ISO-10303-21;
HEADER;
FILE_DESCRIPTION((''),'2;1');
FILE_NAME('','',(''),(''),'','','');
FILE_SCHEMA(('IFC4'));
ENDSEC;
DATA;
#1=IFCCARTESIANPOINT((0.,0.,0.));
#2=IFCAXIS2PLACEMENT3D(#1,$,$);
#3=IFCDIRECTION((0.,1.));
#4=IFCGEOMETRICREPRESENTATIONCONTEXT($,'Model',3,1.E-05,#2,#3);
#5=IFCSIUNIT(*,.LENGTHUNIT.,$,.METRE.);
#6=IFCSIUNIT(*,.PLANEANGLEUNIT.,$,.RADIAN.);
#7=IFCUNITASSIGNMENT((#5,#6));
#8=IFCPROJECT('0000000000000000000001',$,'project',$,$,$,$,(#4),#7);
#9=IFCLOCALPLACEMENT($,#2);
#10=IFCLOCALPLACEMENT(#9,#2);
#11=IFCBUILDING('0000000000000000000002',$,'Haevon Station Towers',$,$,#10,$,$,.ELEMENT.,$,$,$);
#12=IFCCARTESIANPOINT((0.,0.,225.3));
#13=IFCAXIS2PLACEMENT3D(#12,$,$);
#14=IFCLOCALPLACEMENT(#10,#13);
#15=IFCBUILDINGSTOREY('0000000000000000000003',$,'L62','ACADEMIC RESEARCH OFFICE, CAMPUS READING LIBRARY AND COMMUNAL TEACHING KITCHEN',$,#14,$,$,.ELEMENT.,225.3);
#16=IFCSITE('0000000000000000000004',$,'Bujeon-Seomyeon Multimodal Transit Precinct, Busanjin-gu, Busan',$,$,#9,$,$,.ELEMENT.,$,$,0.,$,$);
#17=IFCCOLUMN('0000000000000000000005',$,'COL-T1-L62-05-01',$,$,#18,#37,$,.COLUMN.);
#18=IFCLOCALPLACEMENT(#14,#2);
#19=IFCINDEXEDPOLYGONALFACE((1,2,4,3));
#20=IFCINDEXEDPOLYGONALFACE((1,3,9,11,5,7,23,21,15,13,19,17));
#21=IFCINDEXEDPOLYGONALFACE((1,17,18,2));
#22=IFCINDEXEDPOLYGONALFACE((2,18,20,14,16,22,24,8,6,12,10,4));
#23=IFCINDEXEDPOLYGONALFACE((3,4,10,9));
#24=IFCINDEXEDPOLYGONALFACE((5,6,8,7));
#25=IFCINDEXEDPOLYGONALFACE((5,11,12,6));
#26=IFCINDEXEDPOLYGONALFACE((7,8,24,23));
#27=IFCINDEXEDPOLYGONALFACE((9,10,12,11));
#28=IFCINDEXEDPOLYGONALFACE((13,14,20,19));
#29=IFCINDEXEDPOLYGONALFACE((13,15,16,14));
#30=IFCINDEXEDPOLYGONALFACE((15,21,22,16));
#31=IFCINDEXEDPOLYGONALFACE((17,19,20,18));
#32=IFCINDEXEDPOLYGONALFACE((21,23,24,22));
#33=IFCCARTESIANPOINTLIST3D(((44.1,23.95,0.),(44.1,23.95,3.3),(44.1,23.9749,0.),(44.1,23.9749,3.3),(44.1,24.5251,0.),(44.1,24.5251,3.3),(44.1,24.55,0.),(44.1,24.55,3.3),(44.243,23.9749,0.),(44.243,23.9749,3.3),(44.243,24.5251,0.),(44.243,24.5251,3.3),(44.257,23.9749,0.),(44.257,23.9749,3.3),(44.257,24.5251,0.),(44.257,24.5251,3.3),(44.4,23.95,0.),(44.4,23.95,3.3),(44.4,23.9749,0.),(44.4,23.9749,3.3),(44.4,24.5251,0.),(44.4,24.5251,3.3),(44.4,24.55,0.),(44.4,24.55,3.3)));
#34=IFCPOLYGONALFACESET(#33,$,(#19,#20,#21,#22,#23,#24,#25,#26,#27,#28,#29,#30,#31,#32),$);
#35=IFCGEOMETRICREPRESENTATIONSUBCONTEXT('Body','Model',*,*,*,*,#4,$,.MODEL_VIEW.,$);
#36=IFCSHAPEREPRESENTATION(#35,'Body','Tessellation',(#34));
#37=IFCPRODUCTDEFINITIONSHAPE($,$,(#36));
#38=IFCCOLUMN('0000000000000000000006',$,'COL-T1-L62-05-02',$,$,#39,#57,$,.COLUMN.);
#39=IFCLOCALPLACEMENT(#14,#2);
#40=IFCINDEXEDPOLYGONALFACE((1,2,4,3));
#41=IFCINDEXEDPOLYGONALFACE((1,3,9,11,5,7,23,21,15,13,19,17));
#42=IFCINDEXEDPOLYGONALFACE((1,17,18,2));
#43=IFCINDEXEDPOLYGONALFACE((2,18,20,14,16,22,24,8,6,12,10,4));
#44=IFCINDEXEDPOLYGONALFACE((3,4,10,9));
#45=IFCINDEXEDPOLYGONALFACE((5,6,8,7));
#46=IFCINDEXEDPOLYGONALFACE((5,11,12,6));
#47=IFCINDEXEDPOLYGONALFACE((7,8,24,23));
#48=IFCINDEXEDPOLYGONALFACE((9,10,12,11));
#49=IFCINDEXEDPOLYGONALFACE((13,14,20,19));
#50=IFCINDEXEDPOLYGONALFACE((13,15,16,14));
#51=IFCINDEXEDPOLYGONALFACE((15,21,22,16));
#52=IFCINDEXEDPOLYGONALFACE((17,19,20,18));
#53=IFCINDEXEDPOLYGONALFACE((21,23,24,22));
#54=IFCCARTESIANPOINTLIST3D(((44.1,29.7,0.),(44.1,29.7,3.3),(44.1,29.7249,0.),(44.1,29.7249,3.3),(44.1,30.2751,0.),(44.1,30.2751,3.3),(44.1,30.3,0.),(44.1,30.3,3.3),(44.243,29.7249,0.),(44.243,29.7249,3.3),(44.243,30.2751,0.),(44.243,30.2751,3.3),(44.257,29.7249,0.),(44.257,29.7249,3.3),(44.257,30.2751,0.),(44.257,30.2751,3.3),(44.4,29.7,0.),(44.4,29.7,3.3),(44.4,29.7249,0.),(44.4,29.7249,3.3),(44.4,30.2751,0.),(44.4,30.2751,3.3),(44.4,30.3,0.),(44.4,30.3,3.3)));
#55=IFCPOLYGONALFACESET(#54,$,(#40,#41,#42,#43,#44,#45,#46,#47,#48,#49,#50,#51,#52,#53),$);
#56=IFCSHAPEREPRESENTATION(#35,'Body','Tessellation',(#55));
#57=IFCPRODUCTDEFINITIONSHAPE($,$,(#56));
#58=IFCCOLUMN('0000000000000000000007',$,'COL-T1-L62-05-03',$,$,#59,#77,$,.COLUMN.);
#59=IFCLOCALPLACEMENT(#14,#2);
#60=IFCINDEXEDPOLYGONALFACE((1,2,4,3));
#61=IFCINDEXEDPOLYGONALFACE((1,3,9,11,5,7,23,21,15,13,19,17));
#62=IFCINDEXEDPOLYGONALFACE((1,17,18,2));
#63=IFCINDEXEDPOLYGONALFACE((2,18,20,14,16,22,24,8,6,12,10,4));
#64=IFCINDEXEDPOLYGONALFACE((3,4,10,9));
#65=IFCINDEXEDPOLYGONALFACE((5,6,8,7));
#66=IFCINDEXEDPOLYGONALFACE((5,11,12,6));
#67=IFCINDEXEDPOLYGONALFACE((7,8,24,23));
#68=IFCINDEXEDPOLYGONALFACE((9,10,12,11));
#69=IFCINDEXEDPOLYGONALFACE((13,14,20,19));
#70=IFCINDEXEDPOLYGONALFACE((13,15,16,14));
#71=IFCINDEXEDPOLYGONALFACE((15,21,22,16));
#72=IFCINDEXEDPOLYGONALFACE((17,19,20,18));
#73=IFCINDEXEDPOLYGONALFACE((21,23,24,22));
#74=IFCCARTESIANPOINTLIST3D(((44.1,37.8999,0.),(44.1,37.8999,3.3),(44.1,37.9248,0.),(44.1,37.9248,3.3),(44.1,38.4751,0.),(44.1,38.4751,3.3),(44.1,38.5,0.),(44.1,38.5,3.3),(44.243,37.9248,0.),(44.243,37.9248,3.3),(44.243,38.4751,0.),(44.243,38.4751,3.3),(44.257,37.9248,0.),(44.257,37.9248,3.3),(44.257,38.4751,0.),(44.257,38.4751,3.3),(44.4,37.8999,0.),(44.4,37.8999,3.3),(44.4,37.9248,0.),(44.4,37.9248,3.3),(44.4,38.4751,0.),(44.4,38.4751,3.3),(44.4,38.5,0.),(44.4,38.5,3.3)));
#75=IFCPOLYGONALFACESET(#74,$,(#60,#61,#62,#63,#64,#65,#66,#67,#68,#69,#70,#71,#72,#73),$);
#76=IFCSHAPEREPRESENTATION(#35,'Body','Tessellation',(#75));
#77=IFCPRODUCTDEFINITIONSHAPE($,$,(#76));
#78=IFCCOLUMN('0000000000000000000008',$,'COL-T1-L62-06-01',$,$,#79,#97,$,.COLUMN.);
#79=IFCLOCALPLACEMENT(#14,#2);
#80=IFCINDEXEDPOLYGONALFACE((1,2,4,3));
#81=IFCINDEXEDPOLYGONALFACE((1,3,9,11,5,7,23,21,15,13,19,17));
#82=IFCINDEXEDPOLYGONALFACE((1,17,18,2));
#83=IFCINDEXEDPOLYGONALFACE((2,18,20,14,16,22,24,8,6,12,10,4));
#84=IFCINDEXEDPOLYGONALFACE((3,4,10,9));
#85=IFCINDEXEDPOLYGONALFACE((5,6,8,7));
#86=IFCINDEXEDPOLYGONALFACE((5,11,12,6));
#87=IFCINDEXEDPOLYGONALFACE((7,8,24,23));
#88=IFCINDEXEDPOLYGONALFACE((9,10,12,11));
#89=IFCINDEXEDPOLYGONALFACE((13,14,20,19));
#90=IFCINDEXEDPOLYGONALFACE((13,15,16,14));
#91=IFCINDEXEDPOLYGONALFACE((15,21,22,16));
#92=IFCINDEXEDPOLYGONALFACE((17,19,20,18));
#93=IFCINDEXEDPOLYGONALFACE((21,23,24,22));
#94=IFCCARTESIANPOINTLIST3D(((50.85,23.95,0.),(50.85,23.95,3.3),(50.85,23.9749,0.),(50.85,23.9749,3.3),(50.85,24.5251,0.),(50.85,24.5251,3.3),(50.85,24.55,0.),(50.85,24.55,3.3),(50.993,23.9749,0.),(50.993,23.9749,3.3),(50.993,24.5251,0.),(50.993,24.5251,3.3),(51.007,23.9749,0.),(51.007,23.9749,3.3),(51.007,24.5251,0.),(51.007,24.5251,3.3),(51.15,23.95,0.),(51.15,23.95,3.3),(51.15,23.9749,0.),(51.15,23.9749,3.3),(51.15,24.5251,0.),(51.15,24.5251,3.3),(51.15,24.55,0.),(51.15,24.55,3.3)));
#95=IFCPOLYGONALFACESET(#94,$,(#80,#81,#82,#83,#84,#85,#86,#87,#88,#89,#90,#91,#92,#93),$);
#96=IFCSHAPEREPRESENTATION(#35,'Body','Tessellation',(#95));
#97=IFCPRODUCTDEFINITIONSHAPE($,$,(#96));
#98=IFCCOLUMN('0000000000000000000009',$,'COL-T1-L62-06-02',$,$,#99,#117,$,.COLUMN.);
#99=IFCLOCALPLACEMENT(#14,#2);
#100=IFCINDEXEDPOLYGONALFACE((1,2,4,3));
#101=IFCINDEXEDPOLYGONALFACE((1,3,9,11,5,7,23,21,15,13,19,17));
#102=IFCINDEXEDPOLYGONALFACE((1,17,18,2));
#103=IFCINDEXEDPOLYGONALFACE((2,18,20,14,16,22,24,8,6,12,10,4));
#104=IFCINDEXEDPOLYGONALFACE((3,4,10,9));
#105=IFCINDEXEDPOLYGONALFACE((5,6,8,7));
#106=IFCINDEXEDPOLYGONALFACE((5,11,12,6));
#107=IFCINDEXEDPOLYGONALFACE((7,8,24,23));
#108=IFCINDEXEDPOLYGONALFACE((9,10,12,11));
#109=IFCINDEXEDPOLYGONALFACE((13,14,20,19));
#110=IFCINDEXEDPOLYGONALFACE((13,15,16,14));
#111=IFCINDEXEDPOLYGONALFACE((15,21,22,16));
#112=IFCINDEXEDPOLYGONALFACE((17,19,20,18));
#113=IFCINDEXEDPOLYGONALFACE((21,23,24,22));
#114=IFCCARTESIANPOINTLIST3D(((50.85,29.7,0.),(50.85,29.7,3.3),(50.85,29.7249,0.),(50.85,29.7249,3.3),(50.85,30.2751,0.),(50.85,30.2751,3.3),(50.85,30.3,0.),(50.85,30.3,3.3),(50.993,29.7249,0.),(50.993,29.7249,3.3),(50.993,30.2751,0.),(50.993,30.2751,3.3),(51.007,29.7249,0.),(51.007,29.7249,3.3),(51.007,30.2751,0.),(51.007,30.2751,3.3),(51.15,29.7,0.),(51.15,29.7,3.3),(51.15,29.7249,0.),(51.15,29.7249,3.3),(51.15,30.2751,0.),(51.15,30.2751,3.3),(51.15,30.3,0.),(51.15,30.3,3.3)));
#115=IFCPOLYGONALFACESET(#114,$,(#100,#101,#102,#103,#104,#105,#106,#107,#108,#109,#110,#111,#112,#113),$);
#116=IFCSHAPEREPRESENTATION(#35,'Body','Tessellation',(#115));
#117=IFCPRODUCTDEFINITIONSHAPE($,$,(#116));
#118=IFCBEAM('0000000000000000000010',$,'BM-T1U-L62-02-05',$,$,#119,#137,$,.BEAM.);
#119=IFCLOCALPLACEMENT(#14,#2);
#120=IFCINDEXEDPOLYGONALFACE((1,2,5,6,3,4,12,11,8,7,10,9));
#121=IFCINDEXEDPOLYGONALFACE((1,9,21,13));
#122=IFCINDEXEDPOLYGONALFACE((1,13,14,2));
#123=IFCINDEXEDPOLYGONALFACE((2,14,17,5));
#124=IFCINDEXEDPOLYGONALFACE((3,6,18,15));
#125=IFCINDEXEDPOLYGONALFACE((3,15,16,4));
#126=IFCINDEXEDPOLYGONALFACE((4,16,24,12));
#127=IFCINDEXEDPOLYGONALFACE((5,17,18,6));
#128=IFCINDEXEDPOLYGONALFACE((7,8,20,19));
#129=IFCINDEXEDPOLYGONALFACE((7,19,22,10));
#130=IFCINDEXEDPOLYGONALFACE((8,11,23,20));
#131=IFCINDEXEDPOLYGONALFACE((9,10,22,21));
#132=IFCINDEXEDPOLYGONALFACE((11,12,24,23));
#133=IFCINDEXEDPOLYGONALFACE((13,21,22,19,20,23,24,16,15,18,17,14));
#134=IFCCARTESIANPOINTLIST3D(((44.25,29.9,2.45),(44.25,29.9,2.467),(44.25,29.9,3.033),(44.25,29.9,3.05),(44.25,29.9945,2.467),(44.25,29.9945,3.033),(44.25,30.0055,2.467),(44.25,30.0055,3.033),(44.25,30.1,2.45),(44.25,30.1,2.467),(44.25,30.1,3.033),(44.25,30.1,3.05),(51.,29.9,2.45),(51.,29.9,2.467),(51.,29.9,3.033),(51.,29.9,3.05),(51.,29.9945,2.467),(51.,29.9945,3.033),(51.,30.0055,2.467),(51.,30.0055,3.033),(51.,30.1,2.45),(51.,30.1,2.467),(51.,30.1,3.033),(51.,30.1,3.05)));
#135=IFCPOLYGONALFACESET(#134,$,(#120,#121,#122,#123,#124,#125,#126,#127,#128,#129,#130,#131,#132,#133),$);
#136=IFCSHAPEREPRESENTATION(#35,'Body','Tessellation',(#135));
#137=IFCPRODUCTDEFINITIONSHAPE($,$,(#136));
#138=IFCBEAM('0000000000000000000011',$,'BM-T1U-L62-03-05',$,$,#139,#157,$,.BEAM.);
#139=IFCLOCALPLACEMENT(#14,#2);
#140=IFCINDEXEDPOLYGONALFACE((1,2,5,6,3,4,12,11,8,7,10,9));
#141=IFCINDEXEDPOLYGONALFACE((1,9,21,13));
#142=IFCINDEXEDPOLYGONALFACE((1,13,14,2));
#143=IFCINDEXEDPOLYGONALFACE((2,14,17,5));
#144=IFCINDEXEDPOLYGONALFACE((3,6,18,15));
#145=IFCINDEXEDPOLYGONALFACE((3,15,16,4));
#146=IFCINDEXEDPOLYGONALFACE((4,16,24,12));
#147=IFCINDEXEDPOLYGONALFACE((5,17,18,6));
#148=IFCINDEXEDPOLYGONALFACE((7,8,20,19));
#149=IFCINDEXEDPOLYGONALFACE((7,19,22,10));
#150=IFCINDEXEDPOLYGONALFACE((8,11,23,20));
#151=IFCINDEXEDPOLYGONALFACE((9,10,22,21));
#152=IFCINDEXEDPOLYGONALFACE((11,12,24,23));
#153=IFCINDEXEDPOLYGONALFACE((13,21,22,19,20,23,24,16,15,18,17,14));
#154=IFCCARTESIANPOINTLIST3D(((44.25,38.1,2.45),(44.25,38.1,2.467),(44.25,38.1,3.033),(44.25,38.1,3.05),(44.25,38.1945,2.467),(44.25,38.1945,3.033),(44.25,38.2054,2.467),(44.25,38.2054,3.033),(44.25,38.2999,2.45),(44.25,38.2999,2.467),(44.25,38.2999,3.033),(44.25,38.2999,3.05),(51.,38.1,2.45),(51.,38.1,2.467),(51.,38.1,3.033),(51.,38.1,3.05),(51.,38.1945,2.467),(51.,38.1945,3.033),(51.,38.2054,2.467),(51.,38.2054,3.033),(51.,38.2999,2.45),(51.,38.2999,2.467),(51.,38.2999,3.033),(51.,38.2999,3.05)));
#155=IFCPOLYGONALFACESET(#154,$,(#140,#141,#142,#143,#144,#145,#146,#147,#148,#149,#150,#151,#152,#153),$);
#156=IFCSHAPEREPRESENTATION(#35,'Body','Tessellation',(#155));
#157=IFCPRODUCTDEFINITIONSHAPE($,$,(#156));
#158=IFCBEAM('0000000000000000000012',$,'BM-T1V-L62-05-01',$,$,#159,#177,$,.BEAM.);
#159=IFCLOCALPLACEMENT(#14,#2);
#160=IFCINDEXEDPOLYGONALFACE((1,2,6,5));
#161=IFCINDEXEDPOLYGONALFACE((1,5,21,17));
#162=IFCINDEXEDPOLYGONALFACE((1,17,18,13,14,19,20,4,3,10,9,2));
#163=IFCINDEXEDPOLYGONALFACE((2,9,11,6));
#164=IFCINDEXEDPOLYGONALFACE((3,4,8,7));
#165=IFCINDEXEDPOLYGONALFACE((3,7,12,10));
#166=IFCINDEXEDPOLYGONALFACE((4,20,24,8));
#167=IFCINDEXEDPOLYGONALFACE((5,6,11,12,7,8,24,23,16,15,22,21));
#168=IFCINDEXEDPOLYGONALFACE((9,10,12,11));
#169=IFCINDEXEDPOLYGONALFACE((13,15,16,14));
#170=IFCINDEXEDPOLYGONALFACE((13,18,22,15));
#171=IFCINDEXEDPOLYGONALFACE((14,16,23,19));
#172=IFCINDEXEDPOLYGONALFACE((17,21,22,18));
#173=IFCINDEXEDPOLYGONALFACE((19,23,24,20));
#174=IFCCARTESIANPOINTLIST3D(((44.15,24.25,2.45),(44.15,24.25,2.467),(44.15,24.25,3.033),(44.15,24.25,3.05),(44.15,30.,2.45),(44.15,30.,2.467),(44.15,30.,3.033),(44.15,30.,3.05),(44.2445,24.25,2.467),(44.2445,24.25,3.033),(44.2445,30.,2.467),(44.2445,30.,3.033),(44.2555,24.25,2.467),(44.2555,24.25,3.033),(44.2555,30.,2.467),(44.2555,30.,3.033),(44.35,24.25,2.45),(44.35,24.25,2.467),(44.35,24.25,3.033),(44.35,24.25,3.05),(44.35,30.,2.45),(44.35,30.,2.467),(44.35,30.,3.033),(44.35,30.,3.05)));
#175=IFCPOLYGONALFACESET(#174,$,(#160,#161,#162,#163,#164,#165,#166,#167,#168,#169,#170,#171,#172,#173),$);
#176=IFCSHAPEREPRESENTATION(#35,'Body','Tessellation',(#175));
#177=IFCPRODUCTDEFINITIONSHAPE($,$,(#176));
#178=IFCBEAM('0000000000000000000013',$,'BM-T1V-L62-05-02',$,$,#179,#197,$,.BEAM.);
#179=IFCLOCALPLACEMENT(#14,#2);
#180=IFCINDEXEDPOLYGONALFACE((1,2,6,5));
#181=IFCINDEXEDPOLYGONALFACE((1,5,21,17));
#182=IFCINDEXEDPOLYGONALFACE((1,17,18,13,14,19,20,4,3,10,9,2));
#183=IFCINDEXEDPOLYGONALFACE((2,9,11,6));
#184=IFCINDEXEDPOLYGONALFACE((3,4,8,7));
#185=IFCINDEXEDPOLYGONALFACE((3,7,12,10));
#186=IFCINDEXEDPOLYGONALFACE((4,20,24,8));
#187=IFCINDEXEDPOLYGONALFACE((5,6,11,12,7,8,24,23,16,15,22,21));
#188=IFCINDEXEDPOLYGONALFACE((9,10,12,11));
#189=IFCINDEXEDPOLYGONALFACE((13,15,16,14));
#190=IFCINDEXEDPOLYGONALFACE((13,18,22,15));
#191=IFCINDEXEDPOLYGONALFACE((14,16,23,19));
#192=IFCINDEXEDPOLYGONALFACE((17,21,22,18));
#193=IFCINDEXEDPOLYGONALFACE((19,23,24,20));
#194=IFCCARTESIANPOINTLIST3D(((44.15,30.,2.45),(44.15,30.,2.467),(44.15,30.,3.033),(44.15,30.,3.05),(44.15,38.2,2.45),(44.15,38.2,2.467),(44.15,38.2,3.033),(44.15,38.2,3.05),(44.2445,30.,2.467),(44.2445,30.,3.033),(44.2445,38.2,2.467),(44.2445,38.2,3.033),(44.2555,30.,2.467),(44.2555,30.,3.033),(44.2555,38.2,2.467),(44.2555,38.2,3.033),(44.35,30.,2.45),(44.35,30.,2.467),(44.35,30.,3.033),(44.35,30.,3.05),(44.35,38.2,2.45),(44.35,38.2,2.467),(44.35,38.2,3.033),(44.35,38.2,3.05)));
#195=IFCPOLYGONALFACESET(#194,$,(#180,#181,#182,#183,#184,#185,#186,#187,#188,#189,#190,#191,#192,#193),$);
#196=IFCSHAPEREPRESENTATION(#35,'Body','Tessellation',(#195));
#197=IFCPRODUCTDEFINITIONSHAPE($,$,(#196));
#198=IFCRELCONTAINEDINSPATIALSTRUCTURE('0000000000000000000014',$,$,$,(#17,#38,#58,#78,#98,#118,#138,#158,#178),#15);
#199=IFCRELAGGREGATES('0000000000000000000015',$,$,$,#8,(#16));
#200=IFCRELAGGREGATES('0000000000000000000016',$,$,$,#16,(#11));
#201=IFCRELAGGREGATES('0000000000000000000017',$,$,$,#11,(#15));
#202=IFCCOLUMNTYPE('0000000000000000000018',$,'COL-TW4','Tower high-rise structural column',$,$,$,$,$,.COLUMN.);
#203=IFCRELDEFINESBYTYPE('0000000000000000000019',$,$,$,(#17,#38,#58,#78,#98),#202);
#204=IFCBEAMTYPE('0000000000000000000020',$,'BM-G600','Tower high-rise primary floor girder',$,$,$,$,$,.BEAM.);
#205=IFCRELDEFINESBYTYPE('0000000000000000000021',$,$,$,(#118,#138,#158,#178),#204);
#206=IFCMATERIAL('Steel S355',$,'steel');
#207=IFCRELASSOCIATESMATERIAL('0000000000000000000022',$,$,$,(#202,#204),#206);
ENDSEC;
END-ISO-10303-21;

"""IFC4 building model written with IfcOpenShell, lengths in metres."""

from ifc_helpers import new_model, si_unit, direction, frame, origin, origin_2d, place, context, subcontext, project, spatial, i_section, extrude, material, material_profile, profile_set, type_object, element, save


model = new_model("IFC4")

# Units and contexts
model_context = context("Model", 3, precision=1e-05, world=origin(), true_north=direction((0.0, 1.0)))
body_context = subcontext(model_context, "Body", "Model", "MODEL_VIEW")
ifc_project = project(units=[si_unit("LENGTHUNIT", "METRE"), si_unit("PLANEANGLEUNIT", "RADIAN")], contexts=[model_context])

# Site, building, storey
site_placement = place(None, origin())
site = spatial("IfcSite", under=ifc_project, at=site_placement, Name="Bujeon-Seomyeon Multimodal Transit Precinct, Busanjin-gu, Busan", CompositionType="ELEMENT", RefElevation=0.0)
building_placement = place(site_placement, origin())
building = spatial("IfcBuilding", under=site, at=building_placement, Name="Haevon Station Towers", CompositionType="ELEMENT")
storey_placement = place(building_placement, frame((0.0, 0.0, 225.3)))
storey = spatial("IfcBuildingStorey", under=building, at=storey_placement, Name="L62", Description="ACADEMIC RESEARCH OFFICE, CAMPUS READING LIBRARY AND COMMUNAL TEACHING KITCHEN", CompositionType="ELEMENT", Elevation=225.3)

# Columns
ifc_material_1 = material(Name="Steel S355", Category="steel")
ifc_material_profile_1 = material_profile(ifc_material_1, i_section(OverallWidth=0.3, OverallDepth=0.6001, WebThickness=0.0139, FlangeThickness=0.0249, at=origin_2d()), Name="H-600x300x14x25")
ifc_profile_set_1 = profile_set([ifc_material_profile_1], Name="Steel S355")
column_type = type_object("IfcColumnType", Name="COL-TW4", Description="Tower high-rise structural column", PredefinedType="COLUMN", material=ifc_profile_set_1)
for number, where, z_axis, x_axis, name in (
    (1, (44.25, 24.25, 0.0), (0.0, 0.0, 1.0), (1.0, 0.0, 0.0), "COL-T1-L62-05-01"),
    (2, (44.25, 30.0, 0.0), (0.0, 0.0, 1.0), (1.0, 0.0, 0.0), "COL-T1-L62-05-02"),
    (3, (44.25, 38.2, 0.0), (0.0, 0.0, 1.0), (1.0, 0.0, 0.0), "COL-T1-L62-05-03"),
    (4, (51.0, 24.25, 0.0), (0.0, 0.0, 1.0), (1.0, 0.0, 0.0), "COL-T1-L62-06-01"),
    (5, (51.0, 30.0, 0.0), (0.0, 0.0, 1.0), (1.0, 0.0, 0.0), "COL-T1-L62-06-02"),
):
    element("IfcColumn", number, at=place(storey_placement, frame(where, z_axis=z_axis, x_axis=x_axis)), inside=storey, type_object=column_type, Name=name, PredefinedType="COLUMN", context=body_context, shape_type="SweptSolid", body=[
        extrude(i_section(OverallWidth=0.3, OverallDepth=0.6001, WebThickness=0.0139, FlangeThickness=0.0249, at=origin_2d()), origin(), (0.0, 0.0, 1.0), 3.3),
    ])

# Beams
ifc_material_profile_2 = material_profile(ifc_material_1, i_section(OverallWidth=0.2, OverallDepth=0.6001, WebThickness=0.011, FlangeThickness=0.0171, at=origin_2d()), Name="H-600x200x11x17")
ifc_profile_set_2 = profile_set([ifc_material_profile_2], Name="Steel S355")
beam_type_1 = type_object("IfcBeamType", Name="BM-G600", Description="Tower high-rise primary floor girder", PredefinedType="BEAM", material=ifc_profile_set_2)
for number, where, z_axis, x_axis, name in (
    (6, (44.25, 30.0, 2.75), (1.0, 0.0, 0.0), (0.0, 1.0, 0.0), "BM-T1U-L62-02-05"),
    (7, (44.25, 38.2, 2.75), (1.0, 0.0, 0.0), (0.0, 1.0, 0.0), "BM-T1U-L62-03-05"),
):
    element("IfcBeam", number, at=place(storey_placement, frame(where, z_axis=z_axis, x_axis=x_axis)), inside=storey, type_object=beam_type_1, Name=name, PredefinedType="BEAM", context=body_context, shape_type="SweptSolid", body=[
        extrude(i_section(OverallWidth=0.2, OverallDepth=0.6001, WebThickness=0.011, FlangeThickness=0.0171, at=origin_2d()), origin(), (0.0, 0.0, 1.0), 6.75),
    ])
beam_1_placement = place(storey_placement, frame((44.25, 24.25, 2.75), z_axis=(0.0, 1.0, 0.0), x_axis=(-1.0, 0.0, 0.0)))
element("IfcBeam", 8, at=beam_1_placement, inside=storey, type_object=beam_type_1, Name="BM-T1V-L62-05-01", PredefinedType="BEAM", context=body_context, shape_type="SweptSolid", body=[
    extrude(i_section(OverallWidth=0.2, OverallDepth=0.6001, WebThickness=0.011, FlangeThickness=0.0171, at=origin_2d()), origin(), (0.0, 0.0, 1.0), 5.75),
])
beam_2_placement = place(storey_placement, frame((44.25, 30.0, 2.75), z_axis=(0.0, 1.0, 0.0), x_axis=(-1.0, 0.0, 0.0)))
element("IfcBeam", 9, at=beam_2_placement, inside=storey, type_object=beam_type_1, Name="BM-T1V-L62-05-02", PredefinedType="BEAM", context=body_context, shape_type="SweptSolid", body=[
    extrude(i_section(OverallWidth=0.2, OverallDepth=0.6001, WebThickness=0.011, FlangeThickness=0.0171, at=origin_2d()), origin(), (0.0, 0.0, 1.0), 8.2),
])

save(model, "model.ifc")
